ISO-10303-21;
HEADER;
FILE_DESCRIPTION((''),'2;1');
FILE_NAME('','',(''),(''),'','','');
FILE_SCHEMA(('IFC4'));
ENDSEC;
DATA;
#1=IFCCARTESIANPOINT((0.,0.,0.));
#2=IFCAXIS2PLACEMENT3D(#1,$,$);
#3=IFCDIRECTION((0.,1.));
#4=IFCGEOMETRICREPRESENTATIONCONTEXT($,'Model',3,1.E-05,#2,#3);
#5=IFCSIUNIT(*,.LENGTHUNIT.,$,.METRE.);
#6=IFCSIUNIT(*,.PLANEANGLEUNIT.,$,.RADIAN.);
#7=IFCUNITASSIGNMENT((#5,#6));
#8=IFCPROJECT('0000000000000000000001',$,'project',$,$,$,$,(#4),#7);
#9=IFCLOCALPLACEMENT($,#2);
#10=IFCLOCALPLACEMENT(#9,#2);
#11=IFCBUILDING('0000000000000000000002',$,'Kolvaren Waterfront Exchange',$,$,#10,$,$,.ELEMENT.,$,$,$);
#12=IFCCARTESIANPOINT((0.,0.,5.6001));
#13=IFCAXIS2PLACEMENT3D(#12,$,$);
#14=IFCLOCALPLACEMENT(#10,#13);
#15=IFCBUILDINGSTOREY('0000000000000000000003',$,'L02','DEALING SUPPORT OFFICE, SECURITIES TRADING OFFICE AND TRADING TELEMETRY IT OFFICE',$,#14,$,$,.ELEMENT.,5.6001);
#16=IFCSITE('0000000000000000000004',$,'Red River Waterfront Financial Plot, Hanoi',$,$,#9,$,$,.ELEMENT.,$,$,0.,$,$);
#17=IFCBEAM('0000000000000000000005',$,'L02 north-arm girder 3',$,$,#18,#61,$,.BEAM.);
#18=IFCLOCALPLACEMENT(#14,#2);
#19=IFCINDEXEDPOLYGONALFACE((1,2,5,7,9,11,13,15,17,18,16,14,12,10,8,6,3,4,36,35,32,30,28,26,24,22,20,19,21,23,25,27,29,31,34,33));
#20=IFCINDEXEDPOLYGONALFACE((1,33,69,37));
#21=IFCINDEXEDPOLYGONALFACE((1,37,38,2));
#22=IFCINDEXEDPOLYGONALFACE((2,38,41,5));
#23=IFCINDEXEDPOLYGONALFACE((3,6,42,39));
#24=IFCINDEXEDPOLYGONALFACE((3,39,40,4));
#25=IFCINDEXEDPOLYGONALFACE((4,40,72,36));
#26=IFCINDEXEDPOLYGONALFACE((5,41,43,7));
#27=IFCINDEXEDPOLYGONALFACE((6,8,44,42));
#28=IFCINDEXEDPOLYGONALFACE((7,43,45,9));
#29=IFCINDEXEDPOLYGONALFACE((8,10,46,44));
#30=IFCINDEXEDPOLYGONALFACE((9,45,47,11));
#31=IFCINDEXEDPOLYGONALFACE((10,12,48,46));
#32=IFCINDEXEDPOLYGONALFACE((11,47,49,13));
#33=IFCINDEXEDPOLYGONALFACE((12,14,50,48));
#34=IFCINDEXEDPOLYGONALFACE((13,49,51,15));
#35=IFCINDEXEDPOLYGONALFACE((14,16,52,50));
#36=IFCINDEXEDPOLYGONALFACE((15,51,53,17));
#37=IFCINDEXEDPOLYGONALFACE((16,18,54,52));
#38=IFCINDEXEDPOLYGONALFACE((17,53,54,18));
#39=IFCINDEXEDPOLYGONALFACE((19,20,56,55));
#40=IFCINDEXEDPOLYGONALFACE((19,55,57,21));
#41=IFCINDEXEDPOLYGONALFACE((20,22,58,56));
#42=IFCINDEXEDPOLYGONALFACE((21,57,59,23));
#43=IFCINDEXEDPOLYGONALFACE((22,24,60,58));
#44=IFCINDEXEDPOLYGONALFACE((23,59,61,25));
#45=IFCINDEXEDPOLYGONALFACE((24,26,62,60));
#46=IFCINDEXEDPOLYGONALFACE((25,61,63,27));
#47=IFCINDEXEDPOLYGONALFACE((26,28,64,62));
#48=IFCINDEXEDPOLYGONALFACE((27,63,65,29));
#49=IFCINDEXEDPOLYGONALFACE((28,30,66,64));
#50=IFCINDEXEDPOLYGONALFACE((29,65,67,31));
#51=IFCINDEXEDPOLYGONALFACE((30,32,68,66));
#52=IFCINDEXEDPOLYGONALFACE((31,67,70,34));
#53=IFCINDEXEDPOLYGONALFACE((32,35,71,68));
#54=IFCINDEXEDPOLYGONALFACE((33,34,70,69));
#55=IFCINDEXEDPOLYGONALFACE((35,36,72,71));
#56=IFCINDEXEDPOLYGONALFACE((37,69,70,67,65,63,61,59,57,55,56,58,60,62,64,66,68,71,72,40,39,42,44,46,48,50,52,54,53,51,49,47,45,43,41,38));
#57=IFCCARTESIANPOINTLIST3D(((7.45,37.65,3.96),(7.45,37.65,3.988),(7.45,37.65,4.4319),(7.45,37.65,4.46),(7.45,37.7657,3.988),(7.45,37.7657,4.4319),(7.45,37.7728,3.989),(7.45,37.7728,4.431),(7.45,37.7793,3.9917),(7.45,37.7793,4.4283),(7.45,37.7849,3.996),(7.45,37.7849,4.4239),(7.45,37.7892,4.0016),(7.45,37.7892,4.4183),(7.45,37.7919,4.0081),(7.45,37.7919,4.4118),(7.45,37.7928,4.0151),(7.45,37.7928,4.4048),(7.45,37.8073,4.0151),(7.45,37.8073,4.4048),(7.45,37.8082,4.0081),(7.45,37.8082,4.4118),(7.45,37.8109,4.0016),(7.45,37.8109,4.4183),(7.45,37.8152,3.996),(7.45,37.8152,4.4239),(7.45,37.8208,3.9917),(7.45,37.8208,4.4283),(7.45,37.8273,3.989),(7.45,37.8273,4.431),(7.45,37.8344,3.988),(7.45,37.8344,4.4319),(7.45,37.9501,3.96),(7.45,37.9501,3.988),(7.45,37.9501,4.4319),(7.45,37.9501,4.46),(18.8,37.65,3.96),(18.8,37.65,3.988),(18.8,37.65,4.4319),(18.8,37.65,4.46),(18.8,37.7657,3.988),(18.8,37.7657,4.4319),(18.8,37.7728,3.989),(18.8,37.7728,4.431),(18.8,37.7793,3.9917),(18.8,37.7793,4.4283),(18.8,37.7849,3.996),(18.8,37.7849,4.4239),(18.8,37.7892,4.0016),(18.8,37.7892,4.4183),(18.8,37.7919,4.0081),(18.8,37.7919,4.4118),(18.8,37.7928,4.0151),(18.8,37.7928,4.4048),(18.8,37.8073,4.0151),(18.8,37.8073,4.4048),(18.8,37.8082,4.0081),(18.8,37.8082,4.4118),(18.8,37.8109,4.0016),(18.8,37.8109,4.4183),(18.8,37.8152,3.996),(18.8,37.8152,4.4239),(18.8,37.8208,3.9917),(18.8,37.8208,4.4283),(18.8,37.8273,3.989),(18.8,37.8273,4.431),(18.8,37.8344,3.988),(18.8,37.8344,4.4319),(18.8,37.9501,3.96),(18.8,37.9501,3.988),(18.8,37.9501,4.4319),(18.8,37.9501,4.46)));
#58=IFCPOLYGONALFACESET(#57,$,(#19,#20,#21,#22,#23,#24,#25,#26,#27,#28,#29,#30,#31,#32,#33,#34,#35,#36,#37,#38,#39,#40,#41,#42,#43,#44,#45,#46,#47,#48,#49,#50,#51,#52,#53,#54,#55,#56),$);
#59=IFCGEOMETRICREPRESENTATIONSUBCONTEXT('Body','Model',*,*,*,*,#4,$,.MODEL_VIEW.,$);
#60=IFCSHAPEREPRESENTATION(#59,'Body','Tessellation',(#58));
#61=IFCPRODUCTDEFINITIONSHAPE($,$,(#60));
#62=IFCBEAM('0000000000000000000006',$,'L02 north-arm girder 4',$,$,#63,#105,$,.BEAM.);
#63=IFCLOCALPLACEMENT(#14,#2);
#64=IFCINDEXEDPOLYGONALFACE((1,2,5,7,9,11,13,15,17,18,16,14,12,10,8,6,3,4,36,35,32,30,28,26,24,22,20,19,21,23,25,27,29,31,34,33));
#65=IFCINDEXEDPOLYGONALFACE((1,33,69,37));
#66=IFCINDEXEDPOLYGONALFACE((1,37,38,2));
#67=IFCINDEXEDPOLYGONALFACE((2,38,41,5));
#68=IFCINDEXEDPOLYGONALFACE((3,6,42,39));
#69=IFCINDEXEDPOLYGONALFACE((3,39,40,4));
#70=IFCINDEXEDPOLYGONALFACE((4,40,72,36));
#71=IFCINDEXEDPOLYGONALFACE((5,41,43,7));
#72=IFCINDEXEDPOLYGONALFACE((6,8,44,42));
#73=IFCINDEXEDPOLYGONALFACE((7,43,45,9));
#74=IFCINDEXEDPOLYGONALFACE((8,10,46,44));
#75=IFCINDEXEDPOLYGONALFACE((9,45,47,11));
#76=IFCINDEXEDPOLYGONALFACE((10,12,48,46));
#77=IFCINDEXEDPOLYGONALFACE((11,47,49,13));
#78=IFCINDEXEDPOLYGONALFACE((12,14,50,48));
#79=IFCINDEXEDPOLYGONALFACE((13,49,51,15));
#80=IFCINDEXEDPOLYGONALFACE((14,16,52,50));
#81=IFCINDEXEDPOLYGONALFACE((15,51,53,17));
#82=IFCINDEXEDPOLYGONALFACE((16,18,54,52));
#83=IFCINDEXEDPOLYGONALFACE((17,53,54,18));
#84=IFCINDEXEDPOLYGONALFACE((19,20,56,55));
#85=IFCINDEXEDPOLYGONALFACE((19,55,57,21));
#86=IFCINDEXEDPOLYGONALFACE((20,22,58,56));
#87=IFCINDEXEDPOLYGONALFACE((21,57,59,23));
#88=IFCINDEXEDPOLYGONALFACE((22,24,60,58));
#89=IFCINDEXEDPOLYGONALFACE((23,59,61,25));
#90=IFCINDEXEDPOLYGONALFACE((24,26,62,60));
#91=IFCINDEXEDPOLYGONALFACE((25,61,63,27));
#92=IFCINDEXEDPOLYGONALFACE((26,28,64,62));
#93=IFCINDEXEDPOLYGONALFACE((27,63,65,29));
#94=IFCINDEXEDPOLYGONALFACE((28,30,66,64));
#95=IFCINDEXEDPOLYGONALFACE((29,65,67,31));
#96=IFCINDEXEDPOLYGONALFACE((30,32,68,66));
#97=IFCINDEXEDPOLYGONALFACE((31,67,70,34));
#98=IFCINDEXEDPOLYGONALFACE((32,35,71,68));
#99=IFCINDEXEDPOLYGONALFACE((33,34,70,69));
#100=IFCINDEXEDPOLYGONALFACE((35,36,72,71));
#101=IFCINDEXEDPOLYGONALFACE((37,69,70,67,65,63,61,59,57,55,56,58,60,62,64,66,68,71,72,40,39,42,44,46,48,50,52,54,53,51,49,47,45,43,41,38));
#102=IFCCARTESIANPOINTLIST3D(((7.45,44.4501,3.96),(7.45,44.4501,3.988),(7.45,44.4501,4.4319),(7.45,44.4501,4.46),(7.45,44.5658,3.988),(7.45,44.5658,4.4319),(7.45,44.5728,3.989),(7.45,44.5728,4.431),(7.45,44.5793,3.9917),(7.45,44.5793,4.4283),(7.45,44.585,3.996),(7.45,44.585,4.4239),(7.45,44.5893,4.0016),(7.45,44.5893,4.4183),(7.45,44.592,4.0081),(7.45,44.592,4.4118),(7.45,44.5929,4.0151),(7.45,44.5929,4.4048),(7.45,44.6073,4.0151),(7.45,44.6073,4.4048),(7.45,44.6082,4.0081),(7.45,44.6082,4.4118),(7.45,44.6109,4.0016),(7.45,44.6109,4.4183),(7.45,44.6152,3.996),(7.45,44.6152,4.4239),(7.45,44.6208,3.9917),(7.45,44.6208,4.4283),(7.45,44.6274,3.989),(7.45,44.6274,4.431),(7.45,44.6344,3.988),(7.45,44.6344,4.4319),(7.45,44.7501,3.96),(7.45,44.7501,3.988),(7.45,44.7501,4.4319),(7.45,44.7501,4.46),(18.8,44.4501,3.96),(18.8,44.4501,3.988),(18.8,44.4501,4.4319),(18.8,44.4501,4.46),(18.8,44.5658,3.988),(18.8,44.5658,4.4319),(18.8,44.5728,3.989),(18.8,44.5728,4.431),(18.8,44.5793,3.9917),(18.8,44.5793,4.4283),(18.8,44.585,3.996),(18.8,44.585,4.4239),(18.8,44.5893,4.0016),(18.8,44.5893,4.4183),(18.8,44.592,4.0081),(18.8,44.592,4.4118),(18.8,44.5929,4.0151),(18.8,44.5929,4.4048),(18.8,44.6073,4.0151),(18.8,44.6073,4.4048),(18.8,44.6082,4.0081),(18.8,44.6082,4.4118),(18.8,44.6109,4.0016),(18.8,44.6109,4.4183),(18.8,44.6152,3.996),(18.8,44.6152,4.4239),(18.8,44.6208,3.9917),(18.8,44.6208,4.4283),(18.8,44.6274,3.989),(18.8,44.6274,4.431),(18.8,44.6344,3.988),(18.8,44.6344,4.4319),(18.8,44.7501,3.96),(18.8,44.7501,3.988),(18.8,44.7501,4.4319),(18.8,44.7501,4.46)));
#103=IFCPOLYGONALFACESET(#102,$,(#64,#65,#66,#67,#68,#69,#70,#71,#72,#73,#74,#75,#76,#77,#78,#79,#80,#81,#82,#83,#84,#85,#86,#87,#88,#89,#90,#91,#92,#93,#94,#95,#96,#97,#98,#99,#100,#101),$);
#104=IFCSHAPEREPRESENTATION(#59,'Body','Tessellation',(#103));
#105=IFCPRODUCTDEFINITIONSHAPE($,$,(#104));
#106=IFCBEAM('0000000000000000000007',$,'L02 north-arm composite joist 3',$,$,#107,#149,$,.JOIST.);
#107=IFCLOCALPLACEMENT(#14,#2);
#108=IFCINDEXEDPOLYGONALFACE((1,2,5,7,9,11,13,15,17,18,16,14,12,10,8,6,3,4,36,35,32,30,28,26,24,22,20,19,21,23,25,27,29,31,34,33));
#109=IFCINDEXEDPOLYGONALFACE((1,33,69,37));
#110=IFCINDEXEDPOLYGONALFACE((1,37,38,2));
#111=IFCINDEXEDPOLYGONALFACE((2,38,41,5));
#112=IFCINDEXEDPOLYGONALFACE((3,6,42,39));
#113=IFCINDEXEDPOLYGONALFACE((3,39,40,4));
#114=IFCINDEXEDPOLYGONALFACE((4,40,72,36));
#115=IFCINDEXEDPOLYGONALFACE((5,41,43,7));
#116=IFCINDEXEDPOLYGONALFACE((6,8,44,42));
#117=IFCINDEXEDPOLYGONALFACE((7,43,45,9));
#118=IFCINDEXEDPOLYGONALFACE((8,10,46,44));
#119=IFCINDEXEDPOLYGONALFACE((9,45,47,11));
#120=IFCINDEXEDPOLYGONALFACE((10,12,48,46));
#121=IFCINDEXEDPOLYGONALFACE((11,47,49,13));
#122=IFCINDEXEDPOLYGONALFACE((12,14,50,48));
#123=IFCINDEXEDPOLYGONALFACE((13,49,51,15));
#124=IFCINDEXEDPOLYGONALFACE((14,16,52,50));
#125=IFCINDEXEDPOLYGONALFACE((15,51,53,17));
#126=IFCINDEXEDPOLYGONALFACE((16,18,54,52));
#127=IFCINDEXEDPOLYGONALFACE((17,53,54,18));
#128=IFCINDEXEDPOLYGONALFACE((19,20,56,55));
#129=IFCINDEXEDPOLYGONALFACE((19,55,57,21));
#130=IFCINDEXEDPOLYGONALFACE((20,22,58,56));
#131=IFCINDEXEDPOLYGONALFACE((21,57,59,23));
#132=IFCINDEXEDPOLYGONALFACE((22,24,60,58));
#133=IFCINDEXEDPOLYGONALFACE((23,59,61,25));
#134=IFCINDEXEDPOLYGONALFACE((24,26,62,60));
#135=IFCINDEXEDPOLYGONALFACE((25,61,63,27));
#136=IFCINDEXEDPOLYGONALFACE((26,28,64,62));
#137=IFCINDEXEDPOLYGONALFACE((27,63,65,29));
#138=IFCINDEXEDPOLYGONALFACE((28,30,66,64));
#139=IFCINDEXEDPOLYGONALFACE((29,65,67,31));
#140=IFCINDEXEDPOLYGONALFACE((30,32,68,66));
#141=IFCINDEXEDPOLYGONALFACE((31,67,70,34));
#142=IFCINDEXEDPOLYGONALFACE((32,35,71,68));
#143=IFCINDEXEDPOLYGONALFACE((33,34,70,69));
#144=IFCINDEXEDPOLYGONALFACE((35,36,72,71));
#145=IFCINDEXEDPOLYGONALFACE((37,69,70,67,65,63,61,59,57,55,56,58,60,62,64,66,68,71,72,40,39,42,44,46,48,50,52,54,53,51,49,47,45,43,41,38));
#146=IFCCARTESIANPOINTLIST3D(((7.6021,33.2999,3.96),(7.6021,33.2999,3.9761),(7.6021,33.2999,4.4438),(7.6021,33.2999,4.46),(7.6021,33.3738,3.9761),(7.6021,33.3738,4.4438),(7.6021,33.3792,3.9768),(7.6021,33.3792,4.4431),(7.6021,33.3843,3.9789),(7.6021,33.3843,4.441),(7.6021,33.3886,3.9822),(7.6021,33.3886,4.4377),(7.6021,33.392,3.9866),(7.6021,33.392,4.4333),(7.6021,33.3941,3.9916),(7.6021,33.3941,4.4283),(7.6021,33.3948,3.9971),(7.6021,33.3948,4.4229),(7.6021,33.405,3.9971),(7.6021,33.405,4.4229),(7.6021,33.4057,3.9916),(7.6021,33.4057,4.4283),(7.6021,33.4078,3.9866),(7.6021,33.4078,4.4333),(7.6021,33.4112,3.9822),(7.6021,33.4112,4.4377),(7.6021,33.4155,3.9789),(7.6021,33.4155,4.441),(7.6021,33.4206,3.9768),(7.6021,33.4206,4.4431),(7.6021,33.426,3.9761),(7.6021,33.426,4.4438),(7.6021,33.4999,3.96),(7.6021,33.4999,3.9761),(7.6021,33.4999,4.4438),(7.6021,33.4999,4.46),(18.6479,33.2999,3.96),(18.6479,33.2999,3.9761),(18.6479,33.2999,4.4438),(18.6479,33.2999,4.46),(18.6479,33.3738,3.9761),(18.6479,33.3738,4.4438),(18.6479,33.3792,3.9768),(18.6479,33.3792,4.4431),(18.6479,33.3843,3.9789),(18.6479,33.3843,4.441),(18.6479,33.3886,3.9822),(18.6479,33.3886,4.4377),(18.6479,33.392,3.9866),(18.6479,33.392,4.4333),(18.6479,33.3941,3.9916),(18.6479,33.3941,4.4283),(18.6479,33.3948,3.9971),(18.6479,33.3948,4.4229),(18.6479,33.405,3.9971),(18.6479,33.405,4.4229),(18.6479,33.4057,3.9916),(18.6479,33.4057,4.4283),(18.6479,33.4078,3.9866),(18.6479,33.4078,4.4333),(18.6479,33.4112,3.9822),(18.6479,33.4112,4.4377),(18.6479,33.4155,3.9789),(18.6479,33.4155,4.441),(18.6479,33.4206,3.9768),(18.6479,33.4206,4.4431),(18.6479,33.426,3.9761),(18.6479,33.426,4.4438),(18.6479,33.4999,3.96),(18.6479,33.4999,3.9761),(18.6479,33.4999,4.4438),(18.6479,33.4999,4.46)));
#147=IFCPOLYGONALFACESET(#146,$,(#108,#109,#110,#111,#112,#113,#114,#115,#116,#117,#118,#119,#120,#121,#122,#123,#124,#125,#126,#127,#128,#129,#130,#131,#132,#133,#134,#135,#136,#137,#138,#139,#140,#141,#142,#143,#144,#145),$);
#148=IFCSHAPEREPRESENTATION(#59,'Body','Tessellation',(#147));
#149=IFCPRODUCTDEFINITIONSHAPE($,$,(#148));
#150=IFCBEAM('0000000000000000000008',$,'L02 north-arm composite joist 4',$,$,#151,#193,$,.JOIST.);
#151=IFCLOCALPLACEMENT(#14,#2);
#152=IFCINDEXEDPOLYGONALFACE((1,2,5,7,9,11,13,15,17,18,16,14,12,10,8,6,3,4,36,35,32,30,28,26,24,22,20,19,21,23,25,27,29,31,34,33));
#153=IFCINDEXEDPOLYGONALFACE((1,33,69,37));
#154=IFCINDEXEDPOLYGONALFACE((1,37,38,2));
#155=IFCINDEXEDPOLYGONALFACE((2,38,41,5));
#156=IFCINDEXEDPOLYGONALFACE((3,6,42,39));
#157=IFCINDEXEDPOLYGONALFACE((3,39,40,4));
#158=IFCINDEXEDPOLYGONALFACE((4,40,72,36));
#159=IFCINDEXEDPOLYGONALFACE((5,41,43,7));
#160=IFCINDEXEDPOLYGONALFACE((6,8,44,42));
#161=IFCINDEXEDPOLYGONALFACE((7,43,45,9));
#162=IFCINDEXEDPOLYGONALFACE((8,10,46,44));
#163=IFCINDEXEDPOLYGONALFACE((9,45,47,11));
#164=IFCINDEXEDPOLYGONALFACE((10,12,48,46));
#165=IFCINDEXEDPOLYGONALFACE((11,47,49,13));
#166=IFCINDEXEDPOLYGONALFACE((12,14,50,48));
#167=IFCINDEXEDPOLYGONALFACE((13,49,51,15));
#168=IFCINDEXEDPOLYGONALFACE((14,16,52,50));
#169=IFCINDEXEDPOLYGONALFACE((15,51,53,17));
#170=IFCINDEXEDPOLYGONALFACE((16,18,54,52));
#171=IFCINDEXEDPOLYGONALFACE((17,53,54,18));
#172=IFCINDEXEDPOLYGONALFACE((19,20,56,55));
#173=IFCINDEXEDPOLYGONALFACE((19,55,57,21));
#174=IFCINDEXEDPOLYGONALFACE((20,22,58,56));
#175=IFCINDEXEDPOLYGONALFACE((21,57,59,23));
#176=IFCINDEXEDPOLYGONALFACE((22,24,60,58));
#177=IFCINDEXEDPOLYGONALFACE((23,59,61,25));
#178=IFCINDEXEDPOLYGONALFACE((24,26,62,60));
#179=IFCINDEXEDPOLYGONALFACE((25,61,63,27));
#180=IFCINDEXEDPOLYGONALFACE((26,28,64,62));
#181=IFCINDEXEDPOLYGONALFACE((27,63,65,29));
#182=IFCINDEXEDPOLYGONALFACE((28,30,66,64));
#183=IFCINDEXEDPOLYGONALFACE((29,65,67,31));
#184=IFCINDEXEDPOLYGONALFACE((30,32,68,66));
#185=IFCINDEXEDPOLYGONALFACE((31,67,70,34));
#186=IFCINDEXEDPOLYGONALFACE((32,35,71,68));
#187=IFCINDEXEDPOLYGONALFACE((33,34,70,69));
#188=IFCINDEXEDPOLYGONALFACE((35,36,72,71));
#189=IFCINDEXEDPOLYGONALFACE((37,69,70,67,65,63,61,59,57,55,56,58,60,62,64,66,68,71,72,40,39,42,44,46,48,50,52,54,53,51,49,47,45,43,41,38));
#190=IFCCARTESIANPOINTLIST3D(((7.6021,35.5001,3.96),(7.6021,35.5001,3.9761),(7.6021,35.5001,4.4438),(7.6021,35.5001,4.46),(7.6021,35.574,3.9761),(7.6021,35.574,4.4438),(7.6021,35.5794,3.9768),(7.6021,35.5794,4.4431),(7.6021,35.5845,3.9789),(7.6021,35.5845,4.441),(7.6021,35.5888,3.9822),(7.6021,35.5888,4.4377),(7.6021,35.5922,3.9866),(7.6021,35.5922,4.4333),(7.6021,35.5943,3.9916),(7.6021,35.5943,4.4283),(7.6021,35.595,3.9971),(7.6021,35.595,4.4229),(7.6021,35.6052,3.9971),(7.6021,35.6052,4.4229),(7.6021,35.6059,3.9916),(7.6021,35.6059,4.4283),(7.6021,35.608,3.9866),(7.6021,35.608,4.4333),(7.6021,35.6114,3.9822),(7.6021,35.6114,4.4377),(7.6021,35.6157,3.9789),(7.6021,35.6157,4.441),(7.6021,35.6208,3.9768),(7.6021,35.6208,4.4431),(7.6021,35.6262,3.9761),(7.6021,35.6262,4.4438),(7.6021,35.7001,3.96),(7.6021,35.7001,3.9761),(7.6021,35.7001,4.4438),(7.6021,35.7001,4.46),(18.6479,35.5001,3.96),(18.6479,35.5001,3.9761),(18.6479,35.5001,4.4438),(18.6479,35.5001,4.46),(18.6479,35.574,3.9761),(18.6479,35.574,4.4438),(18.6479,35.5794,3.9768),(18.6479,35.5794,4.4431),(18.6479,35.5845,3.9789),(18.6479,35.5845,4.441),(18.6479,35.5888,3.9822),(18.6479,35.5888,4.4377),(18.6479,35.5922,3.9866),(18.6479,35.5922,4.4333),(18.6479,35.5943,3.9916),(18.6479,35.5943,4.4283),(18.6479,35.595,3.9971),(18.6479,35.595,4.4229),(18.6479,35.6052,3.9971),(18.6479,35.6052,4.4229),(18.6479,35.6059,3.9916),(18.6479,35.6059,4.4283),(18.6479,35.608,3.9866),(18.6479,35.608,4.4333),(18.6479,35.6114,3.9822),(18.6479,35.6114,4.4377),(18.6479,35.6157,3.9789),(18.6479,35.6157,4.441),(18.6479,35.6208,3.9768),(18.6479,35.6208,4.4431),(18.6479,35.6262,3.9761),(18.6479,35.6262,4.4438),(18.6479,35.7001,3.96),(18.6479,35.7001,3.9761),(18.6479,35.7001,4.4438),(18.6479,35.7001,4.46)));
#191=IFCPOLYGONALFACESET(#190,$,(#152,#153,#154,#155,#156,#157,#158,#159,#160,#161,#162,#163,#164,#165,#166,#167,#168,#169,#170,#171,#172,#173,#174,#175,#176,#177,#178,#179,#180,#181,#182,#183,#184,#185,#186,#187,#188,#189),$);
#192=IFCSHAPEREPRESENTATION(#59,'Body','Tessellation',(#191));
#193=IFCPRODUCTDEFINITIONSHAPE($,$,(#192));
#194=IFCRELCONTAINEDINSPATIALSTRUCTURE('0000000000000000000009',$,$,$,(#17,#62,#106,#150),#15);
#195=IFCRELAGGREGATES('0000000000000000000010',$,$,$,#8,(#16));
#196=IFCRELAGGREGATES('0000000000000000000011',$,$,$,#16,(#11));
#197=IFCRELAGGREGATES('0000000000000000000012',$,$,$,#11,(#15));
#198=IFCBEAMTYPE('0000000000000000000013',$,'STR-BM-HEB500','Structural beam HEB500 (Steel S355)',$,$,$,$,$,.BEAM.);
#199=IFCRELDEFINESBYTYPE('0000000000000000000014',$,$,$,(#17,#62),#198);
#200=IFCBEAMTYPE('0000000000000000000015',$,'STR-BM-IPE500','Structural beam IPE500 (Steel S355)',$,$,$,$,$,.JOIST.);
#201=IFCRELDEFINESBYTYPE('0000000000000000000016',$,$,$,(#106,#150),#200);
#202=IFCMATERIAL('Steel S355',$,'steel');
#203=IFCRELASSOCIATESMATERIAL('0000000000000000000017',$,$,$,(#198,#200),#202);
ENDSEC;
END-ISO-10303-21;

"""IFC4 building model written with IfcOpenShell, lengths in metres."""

from ifc_helpers import new_model, si_unit, direction, frame, origin, origin_2d, place, context, subcontext, project, spatial, i_section, extrude, material, material_profile, profile_set, type_object, element, save


model = new_model("IFC4")

# Units and contexts
model_context = context("Model", 3, precision=1e-05, world=origin(), true_north=direction((0.0, 1.0)))
body_context = subcontext(model_context, "Body", "Model", "MODEL_VIEW")
ifc_project = project(units=[si_unit("LENGTHUNIT", "METRE"), si_unit("PLANEANGLEUNIT", "RADIAN")], contexts=[model_context])

# Site, building, storey
site_placement = place(None, origin())
site = spatial("IfcSite", under=ifc_project, at=site_placement, Name="Red River Waterfront Financial Plot, Hanoi", CompositionType="ELEMENT", RefElevation=0.0)
building_placement = place(site_placement, origin())
building = spatial("IfcBuilding", under=site, at=building_placement, Name="Kolvaren Waterfront Exchange", CompositionType="ELEMENT")
storey_placement = place(building_placement, frame((0.0, 0.0, 5.6001)))
storey = spatial("IfcBuildingStorey", under=building, at=storey_placement, Name="L02", Description="DEALING SUPPORT OFFICE, SECURITIES TRADING OFFICE AND TRADING TELEMETRY IT OFFICE", CompositionType="ELEMENT", Elevation=5.6001)

# Beams
ifc_material_1 = material(Name="Steel S355", Category="steel")
ifc_material_profile_1 = material_profile(ifc_material_1, i_section(OverallWidth=0.3, OverallDepth=0.5, WebThickness=0.0144, FlangeThickness=0.0281, FilletRadius=0.0271, at=origin_2d()), Name="HEB500")
ifc_profile_set_1 = profile_set([ifc_material_profile_1], Name="Steel S355")
beam_type_1 = type_object("IfcBeamType", Name="STR-BM-HEB500", Description="Structural beam HEB500 (Steel S355)", PredefinedType="BEAM", material=ifc_profile_set_1)
for number, where, z_axis, x_axis, name in (
    (1, (7.45, 37.8, 4.21), (1.0, 0.0, 0.0), (0.0, 1.0, 0.0), "L02 north-arm girder 3"),
    (2, (7.45, 44.6001, 4.21), (1.0, 0.0, 0.0), (0.0, 1.0, 0.0), "L02 north-arm girder 4"),
):
    element("IfcBeam", number, at=place(storey_placement, frame(where, z_axis=z_axis, x_axis=x_axis)), inside=storey, type_object=beam_type_1, Name=name, PredefinedType="BEAM", context=body_context, shape_type="SweptSolid", body=[
        extrude(i_section(OverallWidth=0.3, OverallDepth=0.5, WebThickness=0.0144, FlangeThickness=0.0281, FilletRadius=0.0271, at=origin_2d()), origin(), (0.0, 0.0, 1.0), 11.3501),
    ])
ifc_material_profile_2 = material_profile(ifc_material_1, i_section(OverallWidth=0.2, OverallDepth=0.5, WebThickness=0.0103, FlangeThickness=0.0161, FilletRadius=0.021, at=origin_2d()), Name="IPE500")
ifc_profile_set_2 = profile_set([ifc_material_profile_2], Name="Steel S355")
beam_type_2 = type_object("IfcBeamType", Name="STR-BM-IPE500", Description="Structural beam IPE500 (Steel S355)", PredefinedType="JOIST", material=ifc_profile_set_2)
for number, where, z_axis, x_axis, name in (
    (3, (7.6021, 33.3999, 4.21), (1.0, 0.0, 0.0), (0.0, 1.0, 0.0), "L02 north-arm composite joist 3"),
    (4, (7.6021, 35.6001, 4.21), (1.0, 0.0, 0.0), (0.0, 1.0, 0.0), "L02 north-arm composite joist 4"),
):
    element("IfcBeam", number, at=place(storey_placement, frame(where, z_axis=z_axis, x_axis=x_axis)), inside=storey, type_object=beam_type_2, Name=name, PredefinedType="JOIST", context=body_context, shape_type="SweptSolid", body=[
        extrude(i_section(OverallWidth=0.2, OverallDepth=0.5, WebThickness=0.0103, FlangeThickness=0.0161, FilletRadius=0.021, at=origin_2d()), origin(), (0.0, 0.0, 1.0), 11.0459),
    ])

save(model, "model.ifc")
